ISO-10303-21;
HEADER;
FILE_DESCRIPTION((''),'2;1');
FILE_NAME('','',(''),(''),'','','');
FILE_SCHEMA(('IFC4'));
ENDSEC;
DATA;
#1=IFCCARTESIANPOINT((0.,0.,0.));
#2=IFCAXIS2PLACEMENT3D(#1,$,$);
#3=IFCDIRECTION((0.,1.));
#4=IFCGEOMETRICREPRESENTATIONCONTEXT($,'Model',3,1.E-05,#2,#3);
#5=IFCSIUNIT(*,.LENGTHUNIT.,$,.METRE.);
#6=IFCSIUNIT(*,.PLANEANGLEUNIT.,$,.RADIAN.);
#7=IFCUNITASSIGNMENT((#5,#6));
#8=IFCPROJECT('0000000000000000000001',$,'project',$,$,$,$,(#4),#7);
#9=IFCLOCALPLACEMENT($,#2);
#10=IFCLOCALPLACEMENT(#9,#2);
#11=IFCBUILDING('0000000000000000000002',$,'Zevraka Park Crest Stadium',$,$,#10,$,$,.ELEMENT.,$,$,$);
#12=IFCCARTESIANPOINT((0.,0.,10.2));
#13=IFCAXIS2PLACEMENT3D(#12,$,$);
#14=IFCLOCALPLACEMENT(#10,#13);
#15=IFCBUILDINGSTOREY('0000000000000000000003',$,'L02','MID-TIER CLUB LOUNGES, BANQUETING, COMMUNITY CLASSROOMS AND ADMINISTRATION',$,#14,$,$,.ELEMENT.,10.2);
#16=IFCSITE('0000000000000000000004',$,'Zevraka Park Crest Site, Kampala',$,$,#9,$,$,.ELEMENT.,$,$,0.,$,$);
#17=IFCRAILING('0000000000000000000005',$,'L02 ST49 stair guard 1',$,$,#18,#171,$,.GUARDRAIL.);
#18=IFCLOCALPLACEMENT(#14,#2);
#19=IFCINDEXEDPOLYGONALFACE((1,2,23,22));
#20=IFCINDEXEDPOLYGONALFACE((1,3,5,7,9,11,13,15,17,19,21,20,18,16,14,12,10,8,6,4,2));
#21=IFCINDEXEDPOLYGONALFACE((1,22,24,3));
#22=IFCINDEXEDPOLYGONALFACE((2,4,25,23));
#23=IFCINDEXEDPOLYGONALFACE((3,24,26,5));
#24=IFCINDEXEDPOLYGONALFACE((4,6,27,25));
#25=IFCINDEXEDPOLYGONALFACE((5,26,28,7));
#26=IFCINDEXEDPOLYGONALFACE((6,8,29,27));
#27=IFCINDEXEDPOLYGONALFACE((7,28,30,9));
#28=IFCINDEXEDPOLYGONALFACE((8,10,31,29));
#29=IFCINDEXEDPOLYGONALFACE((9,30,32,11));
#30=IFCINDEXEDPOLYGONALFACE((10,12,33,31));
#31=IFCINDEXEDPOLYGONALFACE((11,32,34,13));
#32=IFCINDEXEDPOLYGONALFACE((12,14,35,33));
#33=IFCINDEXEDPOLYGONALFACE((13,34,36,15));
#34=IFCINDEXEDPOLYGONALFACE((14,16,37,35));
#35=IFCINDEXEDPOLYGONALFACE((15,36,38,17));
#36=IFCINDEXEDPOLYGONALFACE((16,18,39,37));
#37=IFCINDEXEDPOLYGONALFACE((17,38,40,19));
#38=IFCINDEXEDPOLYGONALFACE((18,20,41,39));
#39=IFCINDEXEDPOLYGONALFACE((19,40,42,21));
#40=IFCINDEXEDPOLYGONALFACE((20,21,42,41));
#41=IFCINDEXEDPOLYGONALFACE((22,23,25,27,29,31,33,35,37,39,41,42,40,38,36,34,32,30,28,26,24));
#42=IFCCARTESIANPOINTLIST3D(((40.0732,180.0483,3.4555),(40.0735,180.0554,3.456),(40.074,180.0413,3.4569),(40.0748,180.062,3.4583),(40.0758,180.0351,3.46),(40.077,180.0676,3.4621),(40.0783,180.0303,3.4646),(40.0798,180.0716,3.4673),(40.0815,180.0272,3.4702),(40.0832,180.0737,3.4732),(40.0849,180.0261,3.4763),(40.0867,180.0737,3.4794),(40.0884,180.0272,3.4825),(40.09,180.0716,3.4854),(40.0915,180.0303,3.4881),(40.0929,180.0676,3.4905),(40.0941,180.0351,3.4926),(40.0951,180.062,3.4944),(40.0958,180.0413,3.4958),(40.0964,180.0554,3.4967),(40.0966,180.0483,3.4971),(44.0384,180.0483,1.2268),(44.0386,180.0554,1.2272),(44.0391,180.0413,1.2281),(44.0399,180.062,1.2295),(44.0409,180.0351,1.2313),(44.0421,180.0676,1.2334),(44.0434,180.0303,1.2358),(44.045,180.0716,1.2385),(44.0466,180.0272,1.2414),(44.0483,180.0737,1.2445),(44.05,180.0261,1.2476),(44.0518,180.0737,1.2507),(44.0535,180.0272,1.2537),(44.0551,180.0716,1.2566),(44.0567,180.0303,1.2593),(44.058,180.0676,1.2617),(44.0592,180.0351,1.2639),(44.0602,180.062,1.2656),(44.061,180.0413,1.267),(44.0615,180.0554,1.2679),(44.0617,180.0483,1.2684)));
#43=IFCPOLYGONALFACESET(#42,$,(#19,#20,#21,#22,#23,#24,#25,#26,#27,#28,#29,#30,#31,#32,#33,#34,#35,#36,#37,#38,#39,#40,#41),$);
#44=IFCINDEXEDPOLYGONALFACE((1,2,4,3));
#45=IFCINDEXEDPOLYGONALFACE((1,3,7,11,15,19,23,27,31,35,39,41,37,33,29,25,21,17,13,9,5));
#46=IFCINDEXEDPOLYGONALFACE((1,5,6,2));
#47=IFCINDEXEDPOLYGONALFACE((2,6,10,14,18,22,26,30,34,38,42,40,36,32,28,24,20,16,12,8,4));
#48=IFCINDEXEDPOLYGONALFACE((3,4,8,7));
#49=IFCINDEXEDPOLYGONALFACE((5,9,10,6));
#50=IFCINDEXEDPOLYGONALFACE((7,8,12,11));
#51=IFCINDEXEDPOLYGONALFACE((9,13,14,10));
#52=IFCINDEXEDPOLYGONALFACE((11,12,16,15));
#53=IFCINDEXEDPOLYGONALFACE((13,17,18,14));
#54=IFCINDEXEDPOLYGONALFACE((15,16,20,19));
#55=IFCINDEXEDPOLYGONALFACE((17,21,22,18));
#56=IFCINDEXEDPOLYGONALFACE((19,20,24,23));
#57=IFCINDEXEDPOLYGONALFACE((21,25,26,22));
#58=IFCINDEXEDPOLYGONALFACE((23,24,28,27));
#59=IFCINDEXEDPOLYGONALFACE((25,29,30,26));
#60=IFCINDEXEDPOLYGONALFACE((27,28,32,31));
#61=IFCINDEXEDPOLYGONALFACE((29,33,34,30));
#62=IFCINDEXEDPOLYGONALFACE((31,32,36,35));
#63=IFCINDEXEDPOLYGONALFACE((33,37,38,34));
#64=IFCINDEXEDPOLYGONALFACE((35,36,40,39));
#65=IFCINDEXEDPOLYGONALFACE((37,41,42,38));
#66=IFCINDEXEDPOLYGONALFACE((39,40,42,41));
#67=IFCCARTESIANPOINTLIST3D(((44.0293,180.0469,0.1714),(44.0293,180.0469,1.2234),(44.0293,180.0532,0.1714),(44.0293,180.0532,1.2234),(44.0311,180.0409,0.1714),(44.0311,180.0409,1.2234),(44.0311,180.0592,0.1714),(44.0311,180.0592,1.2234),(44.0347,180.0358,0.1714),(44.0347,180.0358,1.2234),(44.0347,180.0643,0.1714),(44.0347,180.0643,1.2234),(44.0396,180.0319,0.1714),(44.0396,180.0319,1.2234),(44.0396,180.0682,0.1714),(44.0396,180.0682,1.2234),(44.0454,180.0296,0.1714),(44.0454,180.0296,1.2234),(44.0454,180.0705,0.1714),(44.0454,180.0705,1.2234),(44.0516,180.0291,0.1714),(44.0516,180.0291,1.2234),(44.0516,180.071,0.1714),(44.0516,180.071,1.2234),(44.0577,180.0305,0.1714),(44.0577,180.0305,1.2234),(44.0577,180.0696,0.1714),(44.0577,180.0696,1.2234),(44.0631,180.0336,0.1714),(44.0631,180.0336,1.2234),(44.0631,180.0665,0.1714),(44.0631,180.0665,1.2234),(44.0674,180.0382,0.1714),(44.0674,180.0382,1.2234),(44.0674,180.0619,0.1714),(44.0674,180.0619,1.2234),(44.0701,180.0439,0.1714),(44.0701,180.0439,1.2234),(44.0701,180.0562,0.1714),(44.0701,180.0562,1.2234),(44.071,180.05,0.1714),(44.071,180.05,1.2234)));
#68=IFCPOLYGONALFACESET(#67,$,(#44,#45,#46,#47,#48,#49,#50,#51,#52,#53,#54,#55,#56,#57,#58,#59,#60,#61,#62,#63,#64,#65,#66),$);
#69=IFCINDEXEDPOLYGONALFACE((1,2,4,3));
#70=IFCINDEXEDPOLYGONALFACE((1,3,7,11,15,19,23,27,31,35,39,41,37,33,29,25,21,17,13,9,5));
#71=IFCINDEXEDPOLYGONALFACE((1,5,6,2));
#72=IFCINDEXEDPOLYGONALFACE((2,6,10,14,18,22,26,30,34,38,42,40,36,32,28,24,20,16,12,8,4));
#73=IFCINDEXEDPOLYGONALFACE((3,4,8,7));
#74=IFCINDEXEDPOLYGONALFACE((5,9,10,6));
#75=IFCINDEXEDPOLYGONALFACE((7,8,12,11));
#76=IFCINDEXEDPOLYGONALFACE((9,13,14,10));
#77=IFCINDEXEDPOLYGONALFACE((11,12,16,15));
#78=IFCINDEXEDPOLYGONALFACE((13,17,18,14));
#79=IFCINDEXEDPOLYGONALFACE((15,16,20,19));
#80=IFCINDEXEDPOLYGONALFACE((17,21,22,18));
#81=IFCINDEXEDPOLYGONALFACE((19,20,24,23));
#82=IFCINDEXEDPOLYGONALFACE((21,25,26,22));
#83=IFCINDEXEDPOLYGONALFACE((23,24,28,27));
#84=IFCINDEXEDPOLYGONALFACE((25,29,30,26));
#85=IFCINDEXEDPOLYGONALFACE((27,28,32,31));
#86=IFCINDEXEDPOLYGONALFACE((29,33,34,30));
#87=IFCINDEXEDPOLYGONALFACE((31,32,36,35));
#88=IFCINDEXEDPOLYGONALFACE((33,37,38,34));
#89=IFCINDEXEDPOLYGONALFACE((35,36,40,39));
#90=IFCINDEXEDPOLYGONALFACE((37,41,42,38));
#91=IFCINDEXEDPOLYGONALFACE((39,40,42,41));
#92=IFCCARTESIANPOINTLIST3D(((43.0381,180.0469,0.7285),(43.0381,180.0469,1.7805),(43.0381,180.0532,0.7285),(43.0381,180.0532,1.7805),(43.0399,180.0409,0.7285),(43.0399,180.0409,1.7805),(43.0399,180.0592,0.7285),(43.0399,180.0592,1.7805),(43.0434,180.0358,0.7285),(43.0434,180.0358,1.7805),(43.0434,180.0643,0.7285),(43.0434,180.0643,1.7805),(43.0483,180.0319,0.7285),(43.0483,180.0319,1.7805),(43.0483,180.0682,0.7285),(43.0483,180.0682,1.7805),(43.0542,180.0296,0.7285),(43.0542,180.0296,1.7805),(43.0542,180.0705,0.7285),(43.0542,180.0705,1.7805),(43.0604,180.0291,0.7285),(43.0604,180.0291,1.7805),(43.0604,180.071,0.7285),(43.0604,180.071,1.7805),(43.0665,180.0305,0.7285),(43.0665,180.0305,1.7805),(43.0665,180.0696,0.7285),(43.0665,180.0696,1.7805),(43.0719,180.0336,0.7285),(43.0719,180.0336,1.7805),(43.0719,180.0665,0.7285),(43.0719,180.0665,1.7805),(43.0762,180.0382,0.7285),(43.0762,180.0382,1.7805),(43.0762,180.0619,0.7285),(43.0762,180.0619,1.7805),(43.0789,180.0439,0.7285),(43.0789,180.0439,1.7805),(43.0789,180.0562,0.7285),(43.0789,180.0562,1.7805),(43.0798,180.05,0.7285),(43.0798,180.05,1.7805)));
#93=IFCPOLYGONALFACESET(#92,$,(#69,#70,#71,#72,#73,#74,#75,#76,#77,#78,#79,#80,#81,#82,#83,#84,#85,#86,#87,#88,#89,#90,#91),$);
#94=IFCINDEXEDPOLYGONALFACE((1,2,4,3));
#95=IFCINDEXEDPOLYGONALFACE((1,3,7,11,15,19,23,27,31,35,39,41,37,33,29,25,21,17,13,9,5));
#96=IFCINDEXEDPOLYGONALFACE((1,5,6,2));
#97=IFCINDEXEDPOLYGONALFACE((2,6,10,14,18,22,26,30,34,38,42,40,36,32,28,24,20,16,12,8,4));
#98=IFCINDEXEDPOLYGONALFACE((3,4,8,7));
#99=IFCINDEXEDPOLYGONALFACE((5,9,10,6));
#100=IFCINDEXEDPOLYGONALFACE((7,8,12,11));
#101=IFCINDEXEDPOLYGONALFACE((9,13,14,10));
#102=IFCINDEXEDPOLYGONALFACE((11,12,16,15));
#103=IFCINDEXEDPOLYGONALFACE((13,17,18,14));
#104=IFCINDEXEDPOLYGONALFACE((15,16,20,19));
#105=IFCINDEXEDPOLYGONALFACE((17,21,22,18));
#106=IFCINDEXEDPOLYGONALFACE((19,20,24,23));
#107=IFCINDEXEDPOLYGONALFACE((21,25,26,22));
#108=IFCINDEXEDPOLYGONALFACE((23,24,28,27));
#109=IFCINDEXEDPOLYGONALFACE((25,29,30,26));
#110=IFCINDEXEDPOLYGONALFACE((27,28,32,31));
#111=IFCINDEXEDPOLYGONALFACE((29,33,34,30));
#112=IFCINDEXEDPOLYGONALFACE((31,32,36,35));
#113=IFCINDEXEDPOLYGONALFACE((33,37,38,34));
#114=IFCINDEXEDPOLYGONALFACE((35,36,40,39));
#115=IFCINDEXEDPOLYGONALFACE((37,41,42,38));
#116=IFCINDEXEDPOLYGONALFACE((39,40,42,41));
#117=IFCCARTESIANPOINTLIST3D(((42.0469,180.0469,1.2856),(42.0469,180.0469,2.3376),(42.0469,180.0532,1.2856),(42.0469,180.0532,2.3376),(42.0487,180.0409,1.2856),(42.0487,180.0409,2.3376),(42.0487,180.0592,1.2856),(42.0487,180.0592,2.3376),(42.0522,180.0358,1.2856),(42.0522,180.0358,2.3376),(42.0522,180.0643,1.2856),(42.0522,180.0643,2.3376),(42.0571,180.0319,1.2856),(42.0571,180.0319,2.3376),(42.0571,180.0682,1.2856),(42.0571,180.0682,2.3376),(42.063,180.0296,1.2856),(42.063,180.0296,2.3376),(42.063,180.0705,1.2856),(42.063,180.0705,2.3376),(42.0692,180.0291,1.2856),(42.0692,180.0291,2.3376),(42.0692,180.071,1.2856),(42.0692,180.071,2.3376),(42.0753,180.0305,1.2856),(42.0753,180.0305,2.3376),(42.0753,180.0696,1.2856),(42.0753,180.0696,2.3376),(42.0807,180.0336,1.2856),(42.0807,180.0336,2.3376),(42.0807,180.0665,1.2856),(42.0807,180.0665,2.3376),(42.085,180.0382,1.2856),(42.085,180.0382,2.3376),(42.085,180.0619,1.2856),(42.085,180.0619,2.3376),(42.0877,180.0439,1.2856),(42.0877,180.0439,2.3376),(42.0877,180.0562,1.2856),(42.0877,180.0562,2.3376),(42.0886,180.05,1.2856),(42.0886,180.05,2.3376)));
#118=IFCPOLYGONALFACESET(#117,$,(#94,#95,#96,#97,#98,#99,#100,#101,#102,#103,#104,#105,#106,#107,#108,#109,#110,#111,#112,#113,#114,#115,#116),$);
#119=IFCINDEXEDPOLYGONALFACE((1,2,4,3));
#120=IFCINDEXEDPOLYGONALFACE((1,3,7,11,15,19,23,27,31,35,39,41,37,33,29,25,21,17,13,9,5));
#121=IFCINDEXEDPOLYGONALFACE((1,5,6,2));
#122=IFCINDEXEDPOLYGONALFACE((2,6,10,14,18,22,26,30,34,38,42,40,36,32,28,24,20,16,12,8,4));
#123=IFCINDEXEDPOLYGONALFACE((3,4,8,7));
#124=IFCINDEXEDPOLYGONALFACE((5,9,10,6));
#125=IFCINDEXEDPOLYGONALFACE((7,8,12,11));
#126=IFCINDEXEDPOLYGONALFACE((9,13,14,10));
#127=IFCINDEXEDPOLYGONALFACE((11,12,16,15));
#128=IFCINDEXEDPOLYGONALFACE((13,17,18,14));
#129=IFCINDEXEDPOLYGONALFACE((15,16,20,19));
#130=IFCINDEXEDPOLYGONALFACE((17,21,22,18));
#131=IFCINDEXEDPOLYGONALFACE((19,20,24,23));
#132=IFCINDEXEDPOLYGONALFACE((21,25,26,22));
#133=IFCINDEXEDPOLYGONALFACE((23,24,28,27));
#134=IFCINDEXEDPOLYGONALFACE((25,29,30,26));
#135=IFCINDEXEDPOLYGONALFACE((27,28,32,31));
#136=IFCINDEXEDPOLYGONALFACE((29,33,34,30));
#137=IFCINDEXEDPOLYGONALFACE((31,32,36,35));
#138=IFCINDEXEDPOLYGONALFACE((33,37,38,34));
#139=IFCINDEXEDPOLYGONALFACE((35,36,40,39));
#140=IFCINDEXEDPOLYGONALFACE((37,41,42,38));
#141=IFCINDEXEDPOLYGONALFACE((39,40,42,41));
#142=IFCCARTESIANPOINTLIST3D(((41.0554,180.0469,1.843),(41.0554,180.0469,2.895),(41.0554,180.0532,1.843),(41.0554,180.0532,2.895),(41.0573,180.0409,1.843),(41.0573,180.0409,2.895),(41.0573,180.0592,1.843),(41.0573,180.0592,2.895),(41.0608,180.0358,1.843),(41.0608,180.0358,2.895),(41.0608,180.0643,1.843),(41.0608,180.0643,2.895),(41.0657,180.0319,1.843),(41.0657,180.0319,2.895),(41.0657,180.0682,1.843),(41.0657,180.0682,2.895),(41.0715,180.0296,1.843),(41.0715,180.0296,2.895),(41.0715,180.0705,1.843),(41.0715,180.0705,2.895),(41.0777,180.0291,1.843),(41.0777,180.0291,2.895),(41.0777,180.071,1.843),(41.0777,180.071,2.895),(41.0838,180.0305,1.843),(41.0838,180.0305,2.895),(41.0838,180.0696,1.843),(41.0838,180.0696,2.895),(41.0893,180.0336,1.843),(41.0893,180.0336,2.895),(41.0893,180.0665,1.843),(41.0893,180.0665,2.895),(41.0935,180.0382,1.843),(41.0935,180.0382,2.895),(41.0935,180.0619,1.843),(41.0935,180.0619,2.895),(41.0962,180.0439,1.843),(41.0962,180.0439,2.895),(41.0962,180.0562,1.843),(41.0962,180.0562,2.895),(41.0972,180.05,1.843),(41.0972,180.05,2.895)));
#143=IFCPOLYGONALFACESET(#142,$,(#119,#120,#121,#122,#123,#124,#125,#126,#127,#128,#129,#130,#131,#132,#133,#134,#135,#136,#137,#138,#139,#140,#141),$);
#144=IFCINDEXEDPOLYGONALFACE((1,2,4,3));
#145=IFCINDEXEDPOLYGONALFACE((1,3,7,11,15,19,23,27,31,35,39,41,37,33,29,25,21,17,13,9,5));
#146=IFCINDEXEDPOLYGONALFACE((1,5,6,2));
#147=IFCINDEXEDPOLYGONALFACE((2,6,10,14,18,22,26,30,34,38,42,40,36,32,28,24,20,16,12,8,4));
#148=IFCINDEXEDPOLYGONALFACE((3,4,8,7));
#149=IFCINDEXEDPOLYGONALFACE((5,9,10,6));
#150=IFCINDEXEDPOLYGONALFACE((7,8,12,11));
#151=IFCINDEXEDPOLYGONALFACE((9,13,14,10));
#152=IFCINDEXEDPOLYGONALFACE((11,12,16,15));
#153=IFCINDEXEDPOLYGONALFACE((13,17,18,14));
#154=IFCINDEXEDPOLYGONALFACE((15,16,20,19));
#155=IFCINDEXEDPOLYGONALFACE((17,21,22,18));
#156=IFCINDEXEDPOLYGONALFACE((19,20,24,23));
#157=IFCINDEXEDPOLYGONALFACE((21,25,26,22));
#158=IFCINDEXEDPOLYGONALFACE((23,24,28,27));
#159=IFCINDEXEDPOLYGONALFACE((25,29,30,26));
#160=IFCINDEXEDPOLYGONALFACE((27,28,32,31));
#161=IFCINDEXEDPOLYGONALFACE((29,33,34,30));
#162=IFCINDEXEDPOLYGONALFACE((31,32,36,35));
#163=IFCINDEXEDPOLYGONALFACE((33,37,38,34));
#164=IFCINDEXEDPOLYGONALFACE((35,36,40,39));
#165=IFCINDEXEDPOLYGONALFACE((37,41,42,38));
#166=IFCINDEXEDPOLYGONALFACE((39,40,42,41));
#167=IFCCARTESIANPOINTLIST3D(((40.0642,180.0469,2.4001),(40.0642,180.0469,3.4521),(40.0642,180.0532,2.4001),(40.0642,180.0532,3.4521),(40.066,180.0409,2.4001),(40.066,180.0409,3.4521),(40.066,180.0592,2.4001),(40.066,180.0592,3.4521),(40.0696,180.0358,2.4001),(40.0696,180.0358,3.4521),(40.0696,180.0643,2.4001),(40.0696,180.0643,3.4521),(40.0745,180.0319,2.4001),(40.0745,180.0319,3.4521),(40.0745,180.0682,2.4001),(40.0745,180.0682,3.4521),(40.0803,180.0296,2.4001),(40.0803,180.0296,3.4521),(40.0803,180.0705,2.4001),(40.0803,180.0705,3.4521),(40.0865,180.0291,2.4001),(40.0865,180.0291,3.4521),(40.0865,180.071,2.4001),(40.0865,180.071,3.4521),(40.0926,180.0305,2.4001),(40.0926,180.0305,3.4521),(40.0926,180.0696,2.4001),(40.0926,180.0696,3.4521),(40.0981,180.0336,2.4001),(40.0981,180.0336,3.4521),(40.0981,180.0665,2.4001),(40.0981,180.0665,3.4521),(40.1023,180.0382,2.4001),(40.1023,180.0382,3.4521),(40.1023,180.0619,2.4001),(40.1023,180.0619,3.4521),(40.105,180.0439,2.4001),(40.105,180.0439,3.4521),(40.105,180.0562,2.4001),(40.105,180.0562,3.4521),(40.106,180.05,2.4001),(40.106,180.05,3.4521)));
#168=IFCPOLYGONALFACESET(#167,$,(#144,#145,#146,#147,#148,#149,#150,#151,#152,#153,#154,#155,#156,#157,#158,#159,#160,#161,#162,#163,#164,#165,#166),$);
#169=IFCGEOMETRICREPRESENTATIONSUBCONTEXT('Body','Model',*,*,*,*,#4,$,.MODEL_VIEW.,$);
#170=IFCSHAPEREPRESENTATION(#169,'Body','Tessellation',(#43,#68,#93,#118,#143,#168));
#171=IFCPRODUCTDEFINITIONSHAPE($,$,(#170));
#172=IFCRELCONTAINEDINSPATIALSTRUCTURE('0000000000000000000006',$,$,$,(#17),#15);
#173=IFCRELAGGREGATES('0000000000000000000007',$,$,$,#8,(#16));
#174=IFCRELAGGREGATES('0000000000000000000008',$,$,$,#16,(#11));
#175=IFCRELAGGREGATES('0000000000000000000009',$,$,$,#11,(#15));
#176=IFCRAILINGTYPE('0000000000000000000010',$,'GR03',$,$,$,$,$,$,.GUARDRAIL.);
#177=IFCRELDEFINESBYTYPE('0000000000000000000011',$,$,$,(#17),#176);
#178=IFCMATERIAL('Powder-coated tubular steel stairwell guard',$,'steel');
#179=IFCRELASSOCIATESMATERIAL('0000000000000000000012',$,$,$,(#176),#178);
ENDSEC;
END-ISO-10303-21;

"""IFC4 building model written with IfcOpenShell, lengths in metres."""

from ifc_helpers import new_model, si_unit, direction, frame, origin, origin_2d, place, context, subcontext, project, spatial, circle, extrude, material, type_object, element, save


model = new_model("IFC4")

# Units and contexts
model_context = context("Model", 3, precision=1e-05, world=origin(), true_north=direction((0.0, 1.0)))
body_context = subcontext(model_context, "Body", "Model", "MODEL_VIEW")
ifc_project = project(units=[si_unit("LENGTHUNIT", "METRE"), si_unit("PLANEANGLEUNIT", "RADIAN")], contexts=[model_context])

# Site, building, storey
site_placement = place(None, origin())
site = spatial("IfcSite", under=ifc_project, at=site_placement, Name="Zevraka Park Crest Site, Kampala", CompositionType="ELEMENT", RefElevation=0.0)
building_placement = place(site_placement, origin())
building = spatial("IfcBuilding", under=site, at=building_placement, Name="Zevraka Park Crest Stadium", CompositionType="ELEMENT")
storey_placement = place(building_placement, frame((0.0, 0.0, 10.2)))
storey = spatial("IfcBuildingStorey", under=building, at=storey_placement, Name="L02", Description="MID-TIER CLUB LOUNGES, BANQUETING, COMMUNITY CLASSROOMS AND ADMINISTRATION", CompositionType="ELEMENT", Elevation=10.2)

# Railing
ifc_material_1 = material(Name="Powder-coated tubular steel stairwell guard", Category="steel")
railing_type_1 = type_object("IfcRailingType", Name="GR03", PredefinedType="GUARDRAIL", material=ifc_material_1)
railing_1_placement = place(storey_placement, frame((44.05, 180.05, 0.1714)))
element("IfcRailing", 1, at=railing_1_placement, inside=storey, type_object=railing_type_1, Name="L02 ST49 stair guard 1", PredefinedType="GUARDRAIL", context=body_context, shape_type="SweptSolid", body=[
    extrude(circle(Radius=0.0239, at=origin_2d()), frame((0.0, 0.0, 1.0762), z_axis=(-0.871726, 0.0, 0.489994), x_axis=(0.0, -1.0, 0.0)), (0.0, 0.0, 1.0), 4.5486),
    extrude(circle(Radius=0.021, at=origin_2d()), origin(), (0.0, 0.0, 1.0), 1.052),
    extrude(circle(Radius=0.021, at=origin_2d()), frame((-0.9912, 0.0, 0.5571)), (0.0, 0.0, 1.0), 1.052),
    extrude(circle(Radius=0.021, at=origin_2d()), frame((-1.9824, 0.0, 1.1143)), (0.0, 0.0, 1.0), 1.052),
    extrude(circle(Radius=0.021, at=origin_2d()), frame((-2.9739, 0.0, 1.6716)), (0.0, 0.0, 1.0), 1.052),
    extrude(circle(Radius=0.021, at=origin_2d()), frame((-3.9651, 0.0, 2.2288)), (0.0, 0.0, 1.0), 1.052),
])

save(model, "model.ifc")
